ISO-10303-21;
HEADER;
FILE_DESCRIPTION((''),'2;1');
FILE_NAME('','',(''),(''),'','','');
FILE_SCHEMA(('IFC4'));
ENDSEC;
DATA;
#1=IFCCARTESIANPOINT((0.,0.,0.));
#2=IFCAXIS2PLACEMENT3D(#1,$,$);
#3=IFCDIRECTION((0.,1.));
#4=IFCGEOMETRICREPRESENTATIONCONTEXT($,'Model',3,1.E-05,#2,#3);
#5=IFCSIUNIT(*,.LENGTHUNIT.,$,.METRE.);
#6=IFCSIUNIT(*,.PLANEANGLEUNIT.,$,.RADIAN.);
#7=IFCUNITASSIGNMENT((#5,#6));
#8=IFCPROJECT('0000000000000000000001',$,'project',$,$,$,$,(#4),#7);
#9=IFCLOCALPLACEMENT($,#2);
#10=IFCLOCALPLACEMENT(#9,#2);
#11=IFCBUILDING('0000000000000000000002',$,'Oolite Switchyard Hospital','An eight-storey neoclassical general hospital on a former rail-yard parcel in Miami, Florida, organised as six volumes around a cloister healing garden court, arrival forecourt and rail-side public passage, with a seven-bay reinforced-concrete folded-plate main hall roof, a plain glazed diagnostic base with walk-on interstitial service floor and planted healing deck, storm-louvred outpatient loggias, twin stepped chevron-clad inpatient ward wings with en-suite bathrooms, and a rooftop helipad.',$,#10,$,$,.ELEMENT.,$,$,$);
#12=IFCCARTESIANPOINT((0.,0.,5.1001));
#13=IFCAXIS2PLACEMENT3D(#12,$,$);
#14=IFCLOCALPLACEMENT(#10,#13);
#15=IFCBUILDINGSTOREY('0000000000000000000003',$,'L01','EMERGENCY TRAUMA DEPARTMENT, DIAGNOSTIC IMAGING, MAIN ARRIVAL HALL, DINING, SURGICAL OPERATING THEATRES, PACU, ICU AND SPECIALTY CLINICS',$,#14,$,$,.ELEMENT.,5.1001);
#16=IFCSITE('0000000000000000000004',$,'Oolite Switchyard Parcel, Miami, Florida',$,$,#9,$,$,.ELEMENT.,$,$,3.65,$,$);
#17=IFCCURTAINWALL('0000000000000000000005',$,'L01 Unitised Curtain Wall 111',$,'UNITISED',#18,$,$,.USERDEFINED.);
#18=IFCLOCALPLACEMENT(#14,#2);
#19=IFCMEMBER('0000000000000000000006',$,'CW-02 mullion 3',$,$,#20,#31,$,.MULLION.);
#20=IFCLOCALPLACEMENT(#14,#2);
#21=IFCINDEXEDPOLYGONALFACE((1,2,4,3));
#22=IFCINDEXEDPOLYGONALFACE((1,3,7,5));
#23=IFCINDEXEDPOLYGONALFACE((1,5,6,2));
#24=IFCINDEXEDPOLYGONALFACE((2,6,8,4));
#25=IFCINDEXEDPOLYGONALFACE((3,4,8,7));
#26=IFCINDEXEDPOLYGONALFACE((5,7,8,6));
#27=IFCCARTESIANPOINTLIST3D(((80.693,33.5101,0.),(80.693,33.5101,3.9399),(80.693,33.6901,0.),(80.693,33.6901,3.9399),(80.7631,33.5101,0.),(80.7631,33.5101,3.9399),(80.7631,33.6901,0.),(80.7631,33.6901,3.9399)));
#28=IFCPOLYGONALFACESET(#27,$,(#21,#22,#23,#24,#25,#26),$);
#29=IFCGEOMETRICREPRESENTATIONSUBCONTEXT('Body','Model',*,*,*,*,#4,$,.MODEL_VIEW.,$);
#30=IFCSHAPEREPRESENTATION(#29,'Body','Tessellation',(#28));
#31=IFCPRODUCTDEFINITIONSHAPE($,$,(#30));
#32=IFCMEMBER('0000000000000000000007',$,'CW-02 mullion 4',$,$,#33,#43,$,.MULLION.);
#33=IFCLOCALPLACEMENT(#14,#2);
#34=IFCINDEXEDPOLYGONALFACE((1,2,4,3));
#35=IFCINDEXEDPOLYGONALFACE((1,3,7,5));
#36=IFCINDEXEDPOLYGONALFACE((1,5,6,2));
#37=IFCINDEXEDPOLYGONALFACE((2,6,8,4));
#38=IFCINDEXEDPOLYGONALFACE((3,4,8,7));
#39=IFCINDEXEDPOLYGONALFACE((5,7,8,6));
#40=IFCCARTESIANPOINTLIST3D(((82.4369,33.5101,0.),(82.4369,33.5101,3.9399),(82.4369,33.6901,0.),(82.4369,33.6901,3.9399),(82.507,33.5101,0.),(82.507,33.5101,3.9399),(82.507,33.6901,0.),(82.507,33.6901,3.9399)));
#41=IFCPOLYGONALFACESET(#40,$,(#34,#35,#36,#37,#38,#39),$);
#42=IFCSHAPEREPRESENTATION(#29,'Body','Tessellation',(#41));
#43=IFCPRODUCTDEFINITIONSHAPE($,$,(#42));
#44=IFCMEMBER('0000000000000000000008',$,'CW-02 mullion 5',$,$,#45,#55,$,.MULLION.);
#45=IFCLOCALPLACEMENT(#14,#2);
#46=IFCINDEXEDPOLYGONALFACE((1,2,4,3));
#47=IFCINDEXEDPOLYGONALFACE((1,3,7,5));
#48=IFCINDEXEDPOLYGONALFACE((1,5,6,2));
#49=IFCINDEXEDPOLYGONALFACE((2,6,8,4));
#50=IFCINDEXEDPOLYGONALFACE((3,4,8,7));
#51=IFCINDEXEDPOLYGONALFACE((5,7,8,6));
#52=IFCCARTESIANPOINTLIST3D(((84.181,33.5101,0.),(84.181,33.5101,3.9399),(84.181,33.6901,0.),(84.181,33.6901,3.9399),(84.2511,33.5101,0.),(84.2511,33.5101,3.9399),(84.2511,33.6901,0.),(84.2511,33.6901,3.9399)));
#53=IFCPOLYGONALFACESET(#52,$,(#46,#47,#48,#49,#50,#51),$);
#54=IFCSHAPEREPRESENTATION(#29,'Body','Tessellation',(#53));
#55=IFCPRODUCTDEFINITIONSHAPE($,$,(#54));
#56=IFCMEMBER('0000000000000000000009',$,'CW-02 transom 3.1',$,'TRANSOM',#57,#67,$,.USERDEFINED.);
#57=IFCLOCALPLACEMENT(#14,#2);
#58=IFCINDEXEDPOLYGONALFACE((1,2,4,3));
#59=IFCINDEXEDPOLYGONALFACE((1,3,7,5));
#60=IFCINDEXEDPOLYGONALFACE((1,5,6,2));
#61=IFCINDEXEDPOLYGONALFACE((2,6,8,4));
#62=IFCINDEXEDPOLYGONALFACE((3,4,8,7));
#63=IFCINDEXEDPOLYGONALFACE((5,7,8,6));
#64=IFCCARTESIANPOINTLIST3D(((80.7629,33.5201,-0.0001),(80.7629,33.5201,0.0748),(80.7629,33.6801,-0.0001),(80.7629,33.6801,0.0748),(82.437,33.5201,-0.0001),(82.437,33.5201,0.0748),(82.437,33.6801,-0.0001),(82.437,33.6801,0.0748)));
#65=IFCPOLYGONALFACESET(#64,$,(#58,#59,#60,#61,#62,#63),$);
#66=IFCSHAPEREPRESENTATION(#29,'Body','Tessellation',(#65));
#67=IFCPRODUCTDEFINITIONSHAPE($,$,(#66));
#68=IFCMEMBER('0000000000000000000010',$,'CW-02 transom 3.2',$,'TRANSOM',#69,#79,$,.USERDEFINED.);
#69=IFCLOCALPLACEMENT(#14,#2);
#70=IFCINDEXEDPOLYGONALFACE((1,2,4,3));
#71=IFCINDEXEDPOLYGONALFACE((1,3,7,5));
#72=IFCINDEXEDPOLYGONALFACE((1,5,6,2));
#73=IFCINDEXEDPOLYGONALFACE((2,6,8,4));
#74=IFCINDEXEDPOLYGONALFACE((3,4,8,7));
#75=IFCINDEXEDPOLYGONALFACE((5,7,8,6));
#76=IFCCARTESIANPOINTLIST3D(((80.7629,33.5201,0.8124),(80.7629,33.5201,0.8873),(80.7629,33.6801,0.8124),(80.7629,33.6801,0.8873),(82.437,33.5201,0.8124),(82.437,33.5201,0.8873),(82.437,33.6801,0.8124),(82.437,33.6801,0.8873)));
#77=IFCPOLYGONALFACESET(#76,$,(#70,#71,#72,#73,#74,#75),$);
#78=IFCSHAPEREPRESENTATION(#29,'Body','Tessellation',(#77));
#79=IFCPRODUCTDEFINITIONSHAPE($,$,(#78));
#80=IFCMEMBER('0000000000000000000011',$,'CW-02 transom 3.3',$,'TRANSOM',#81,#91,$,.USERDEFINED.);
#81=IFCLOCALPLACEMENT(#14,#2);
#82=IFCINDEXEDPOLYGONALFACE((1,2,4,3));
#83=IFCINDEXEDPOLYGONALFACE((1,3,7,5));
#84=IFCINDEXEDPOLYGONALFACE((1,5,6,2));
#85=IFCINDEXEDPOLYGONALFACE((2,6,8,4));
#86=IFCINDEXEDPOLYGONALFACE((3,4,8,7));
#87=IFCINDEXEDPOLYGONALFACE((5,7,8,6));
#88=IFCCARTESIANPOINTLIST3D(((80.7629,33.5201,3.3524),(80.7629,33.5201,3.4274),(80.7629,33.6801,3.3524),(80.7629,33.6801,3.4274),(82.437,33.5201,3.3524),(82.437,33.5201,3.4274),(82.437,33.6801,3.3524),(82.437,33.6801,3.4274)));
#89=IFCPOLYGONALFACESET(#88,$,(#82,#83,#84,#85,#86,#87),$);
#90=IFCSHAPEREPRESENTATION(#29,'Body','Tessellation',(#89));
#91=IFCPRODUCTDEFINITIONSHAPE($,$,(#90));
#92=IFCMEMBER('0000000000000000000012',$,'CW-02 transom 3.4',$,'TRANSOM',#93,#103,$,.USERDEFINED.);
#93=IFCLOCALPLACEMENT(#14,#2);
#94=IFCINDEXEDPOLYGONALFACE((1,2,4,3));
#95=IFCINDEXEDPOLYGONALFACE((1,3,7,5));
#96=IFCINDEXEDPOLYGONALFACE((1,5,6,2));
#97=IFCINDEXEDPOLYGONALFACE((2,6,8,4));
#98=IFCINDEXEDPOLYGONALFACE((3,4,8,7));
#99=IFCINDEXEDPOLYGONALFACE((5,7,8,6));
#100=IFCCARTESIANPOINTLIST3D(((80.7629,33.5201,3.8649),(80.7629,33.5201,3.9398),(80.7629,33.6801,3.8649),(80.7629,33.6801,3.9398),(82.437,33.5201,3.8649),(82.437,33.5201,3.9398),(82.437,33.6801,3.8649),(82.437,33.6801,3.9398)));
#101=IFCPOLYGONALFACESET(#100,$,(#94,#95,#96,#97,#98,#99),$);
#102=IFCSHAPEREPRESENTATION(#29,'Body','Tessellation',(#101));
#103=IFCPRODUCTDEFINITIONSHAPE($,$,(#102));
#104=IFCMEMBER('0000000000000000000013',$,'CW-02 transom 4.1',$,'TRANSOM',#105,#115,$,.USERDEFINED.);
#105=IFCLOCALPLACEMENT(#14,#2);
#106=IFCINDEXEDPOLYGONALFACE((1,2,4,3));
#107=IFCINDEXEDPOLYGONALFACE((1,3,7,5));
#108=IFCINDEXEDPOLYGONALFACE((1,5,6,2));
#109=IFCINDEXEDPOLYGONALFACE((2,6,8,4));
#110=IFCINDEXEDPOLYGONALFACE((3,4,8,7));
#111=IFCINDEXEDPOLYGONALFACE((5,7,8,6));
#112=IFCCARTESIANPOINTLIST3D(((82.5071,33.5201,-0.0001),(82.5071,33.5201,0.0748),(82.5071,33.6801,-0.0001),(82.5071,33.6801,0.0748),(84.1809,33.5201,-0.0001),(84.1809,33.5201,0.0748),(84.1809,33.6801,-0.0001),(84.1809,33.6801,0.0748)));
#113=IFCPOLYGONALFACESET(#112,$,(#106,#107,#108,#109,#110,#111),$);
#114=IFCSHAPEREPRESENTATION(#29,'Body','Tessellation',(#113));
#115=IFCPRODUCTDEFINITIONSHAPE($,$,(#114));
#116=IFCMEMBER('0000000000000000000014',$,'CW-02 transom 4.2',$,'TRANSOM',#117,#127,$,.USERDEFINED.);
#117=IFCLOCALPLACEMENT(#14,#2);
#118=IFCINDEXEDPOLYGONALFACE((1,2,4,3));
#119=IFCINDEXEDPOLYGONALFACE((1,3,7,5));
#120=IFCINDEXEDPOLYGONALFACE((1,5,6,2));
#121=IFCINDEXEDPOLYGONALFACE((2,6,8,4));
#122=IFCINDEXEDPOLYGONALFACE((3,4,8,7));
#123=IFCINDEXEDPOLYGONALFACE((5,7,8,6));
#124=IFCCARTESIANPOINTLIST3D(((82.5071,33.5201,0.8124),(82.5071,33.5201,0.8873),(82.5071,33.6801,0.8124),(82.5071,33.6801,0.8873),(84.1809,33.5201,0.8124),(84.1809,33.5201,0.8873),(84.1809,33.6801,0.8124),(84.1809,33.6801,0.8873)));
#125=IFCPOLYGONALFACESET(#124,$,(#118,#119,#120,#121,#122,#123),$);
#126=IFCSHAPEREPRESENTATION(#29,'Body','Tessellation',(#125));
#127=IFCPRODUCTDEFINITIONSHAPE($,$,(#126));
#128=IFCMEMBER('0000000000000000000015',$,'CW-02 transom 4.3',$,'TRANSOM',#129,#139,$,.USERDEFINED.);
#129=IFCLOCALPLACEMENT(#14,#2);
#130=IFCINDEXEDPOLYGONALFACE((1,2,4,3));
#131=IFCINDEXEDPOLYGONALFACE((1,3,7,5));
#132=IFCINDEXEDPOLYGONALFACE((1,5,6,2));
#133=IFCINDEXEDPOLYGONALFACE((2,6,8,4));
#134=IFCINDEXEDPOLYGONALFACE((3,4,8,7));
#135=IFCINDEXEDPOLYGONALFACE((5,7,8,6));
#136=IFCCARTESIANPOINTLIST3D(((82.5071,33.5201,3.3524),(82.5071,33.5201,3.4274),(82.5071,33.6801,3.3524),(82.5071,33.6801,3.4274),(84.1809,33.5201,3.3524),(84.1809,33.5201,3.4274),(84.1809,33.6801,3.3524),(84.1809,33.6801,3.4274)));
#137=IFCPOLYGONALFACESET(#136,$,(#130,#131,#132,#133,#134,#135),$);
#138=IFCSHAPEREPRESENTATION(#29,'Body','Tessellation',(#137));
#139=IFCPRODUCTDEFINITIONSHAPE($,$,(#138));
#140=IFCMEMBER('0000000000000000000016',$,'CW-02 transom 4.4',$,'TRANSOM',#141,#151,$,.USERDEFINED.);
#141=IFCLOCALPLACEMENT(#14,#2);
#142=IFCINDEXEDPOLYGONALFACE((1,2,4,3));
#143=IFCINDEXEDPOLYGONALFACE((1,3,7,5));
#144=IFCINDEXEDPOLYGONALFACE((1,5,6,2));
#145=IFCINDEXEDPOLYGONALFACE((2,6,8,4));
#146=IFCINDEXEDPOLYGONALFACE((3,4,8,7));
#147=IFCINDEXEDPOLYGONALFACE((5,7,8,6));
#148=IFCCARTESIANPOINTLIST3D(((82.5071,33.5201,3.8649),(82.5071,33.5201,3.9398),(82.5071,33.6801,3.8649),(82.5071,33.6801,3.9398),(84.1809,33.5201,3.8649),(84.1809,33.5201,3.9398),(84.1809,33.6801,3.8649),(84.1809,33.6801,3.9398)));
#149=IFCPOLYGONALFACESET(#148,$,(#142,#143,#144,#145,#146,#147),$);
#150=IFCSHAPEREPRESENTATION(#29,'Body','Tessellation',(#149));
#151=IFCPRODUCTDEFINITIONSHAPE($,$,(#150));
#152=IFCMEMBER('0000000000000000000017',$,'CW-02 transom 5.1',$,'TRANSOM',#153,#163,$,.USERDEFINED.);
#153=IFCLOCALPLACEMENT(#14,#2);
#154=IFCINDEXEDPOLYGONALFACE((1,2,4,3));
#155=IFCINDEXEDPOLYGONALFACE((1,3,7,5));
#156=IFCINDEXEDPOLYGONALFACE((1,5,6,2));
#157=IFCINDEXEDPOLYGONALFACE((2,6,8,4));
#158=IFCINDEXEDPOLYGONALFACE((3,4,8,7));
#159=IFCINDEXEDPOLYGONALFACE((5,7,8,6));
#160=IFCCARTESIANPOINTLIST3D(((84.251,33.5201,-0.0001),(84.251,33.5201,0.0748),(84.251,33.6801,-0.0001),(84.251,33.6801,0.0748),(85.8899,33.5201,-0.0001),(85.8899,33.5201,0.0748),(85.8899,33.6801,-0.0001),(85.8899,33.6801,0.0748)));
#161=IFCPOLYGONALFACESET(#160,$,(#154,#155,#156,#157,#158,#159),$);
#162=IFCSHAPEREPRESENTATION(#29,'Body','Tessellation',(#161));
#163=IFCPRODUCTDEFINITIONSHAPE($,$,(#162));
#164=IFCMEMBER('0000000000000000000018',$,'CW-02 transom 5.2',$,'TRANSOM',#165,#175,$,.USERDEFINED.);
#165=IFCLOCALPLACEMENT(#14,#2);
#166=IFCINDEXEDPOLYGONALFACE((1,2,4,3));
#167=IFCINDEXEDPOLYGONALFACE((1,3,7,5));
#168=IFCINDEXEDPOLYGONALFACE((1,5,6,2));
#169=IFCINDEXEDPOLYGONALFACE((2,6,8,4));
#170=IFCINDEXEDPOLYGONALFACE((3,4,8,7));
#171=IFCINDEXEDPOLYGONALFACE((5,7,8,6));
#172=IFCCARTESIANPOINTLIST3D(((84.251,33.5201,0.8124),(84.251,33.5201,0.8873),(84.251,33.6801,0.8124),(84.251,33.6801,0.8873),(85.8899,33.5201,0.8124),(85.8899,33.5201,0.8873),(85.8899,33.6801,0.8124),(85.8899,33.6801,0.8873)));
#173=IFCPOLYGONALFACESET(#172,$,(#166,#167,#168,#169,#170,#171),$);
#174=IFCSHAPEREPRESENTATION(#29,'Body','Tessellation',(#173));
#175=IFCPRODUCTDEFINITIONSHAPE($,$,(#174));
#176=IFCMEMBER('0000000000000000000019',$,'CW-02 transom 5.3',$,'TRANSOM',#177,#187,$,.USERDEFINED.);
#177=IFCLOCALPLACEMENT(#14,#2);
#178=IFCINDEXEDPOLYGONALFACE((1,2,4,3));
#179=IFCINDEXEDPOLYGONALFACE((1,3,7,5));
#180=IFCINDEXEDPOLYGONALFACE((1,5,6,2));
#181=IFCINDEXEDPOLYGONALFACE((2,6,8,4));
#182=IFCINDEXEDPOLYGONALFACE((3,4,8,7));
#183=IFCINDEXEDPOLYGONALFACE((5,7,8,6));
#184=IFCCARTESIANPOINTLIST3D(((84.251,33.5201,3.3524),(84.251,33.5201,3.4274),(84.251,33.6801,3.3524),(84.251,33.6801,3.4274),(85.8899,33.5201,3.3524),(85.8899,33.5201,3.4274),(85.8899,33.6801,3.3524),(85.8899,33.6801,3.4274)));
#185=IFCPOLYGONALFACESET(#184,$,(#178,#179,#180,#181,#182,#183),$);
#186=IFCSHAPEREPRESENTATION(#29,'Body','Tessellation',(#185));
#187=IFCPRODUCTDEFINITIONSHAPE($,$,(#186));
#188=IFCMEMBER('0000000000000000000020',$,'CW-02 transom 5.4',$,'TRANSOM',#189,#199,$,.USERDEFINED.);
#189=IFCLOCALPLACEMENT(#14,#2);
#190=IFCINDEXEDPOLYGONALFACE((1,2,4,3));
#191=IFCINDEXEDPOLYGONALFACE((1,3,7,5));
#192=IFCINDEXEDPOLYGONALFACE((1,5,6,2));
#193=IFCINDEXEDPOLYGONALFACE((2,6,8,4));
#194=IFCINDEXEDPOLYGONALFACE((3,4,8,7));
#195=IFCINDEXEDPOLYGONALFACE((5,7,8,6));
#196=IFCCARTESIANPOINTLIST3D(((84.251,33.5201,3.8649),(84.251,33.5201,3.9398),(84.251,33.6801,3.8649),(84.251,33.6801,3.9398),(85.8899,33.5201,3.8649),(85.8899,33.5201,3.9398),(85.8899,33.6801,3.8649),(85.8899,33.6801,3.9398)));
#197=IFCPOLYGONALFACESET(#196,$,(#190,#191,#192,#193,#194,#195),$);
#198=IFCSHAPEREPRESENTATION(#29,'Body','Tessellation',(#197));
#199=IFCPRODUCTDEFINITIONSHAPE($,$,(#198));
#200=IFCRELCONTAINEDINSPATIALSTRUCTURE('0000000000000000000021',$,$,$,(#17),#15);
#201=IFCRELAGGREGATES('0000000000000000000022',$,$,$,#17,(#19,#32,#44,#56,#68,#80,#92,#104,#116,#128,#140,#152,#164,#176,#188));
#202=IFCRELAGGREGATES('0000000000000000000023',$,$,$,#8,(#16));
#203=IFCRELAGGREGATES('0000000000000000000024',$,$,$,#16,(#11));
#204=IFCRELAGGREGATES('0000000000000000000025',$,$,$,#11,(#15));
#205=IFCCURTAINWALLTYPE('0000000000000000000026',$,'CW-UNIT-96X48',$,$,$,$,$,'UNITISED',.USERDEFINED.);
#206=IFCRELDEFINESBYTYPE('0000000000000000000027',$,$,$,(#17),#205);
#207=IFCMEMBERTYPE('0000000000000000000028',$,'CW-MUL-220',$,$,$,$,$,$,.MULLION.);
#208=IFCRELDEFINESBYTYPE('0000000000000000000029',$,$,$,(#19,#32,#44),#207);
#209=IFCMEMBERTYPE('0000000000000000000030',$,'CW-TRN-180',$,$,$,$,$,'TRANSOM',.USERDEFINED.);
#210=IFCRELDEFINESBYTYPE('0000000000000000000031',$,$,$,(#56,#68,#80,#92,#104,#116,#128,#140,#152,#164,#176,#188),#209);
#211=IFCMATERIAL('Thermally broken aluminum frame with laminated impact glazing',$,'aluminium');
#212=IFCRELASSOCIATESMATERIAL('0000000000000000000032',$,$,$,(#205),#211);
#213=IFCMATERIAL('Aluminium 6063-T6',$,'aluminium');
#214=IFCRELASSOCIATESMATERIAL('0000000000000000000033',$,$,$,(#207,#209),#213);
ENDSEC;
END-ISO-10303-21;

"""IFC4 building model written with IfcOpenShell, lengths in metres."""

from ifc_helpers import new_model, si_unit, direction, frame, origin, origin_2d, place, context, subcontext, project, spatial, rectangle, extrude, material, material_profile, profile_set, type_object, element, aggregate, save


model = new_model("IFC4")

# Units and contexts
model_context = context("Model", 3, precision=1e-05, world=origin(), true_north=direction((0.0, 1.0)))
body_context = subcontext(model_context, "Body", "Model", "MODEL_VIEW")
ifc_project = project(units=[si_unit("LENGTHUNIT", "METRE"), si_unit("PLANEANGLEUNIT", "RADIAN")], contexts=[model_context])

# Site, building, storey
site_placement = place(None, origin())
site = spatial("IfcSite", under=ifc_project, at=site_placement, Name="Oolite Switchyard Parcel, Miami, Florida", CompositionType="ELEMENT", RefElevation=3.65)
building_placement = place(site_placement, origin())
building = spatial("IfcBuilding", under=site, at=building_placement, Name="Oolite Switchyard Hospital", Description="An eight-storey neoclassical general hospital on a former rail-yard parcel in Miami, Florida, organised as six volumes around a cloister healing garden court, arrival forecourt and rail-side public passage, with a seven-bay reinforced-concrete folded-plate main hall roof, a plain glazed diagnostic base with walk-on interstitial service floor and planted healing deck, storm-louvred outpatient loggias, twin stepped chevron-clad inpatient ward wings with en-suite bathrooms, and a rooftop helipad.", CompositionType="ELEMENT")
storey_placement = place(building_placement, frame((0.0, 0.0, 5.1001)))
storey = spatial("IfcBuildingStorey", under=building, at=storey_placement, Name="L01", Description="EMERGENCY TRAUMA DEPARTMENT, DIAGNOSTIC IMAGING, MAIN ARRIVAL HALL, DINING, SURGICAL OPERATING THEATRES, PACU, ICU AND SPECIALTY CLINICS", CompositionType="ELEMENT", Elevation=5.1001)

# Curtain wall, members
ifc_material_1 = material(Name="Thermally broken aluminum frame with laminated impact glazing", Category="aluminium")
curtain_wall_type = type_object("IfcCurtainWallType", Name="CW-UNIT-96X48", ElementType="UNITISED", PredefinedType="USERDEFINED", material=ifc_material_1)
curtain_wall_placement = place(storey_placement, origin())
curtain_wall = element("IfcCurtainWall", 1, at=curtain_wall_placement, inside=storey, type_object=curtain_wall_type, Name="L01 Unitised Curtain Wall 111", ObjectType="UNITISED", PredefinedType="USERDEFINED")
ifc_material_2 = material(Name="Aluminium 6063-T6", Category="aluminium")
ifc_material_profile_1 = material_profile(ifc_material_2, rectangle(XDim=0.1799, YDim=0.0701, at=origin_2d()), Name="CWM70X180")
ifc_profile_set_1 = profile_set([ifc_material_profile_1], Name="Aluminium 6063-T6")
member_type_1 = type_object("IfcMemberType", Name="CW-MUL-220", PredefinedType="MULLION", material=ifc_profile_set_1)
member_1_placement = place(storey_placement, frame((80.728, 33.6001, 0.0), z_axis=(0.0, 0.0, 1.0), x_axis=(0.0, 1.0, 0.0)))
member_1 = element("IfcMember", 2, at=member_1_placement, type_object=member_type_1, Name="CW-02 mullion 3", PredefinedType="MULLION", context=body_context, shape_type="SweptSolid", body=[
    extrude(rectangle(XDim=0.1799, YDim=0.0701, at=origin_2d()), origin(), (0.0, 0.0, 1.0), 3.9399),
])
member_2_placement = place(storey_placement, frame((82.4719, 33.6001, 0.0), z_axis=(0.0, 0.0, 1.0), x_axis=(0.0, 1.0, 0.0)))
member_2 = element("IfcMember", 3, at=member_2_placement, type_object=member_type_1, Name="CW-02 mullion 4", PredefinedType="MULLION", context=body_context, shape_type="SweptSolid", body=[
    extrude(rectangle(XDim=0.1799, YDim=0.0701, at=origin_2d()), origin(), (0.0, 0.0, 1.0), 3.9399),
])
member_3_placement = place(storey_placement, frame((84.2161, 33.6001, 0.0), z_axis=(0.0, 0.0, 1.0), x_axis=(0.0, 1.0, 0.0)))
member_3 = element("IfcMember", 4, at=member_3_placement, type_object=member_type_1, Name="CW-02 mullion 5", PredefinedType="MULLION", context=body_context, shape_type="SweptSolid", body=[
    extrude(rectangle(XDim=0.1799, YDim=0.0701, at=origin_2d()), origin(), (0.0, 0.0, 1.0), 3.9399),
])
ifc_material_profile_2 = material_profile(ifc_material_2, rectangle(XDim=0.1599, YDim=0.075, at=origin_2d()), Name="CWT75X160")
ifc_profile_set_2 = profile_set([ifc_material_profile_2], Name="Aluminium 6063-T6")
member_type_2 = type_object("IfcMemberType", Name="CW-TRN-180", ElementType="TRANSOM", PredefinedType="USERDEFINED", material=ifc_profile_set_2)
member_4_placement = place(storey_placement, frame((80.7629, 33.6001, 0.0374), z_axis=(1.0, 0.0, 0.0), x_axis=(0.0, 1.0, 0.0)))
member_4 = element("IfcMember", 5, at=member_4_placement, type_object=member_type_2, Name="CW-02 transom 3.1", ObjectType="TRANSOM", PredefinedType="USERDEFINED", context=body_context, shape_type="SweptSolid", body=[
    extrude(rectangle(XDim=0.1599, YDim=0.075, at=origin_2d()), origin(), (0.0, 0.0, 1.0), 1.6741),
])
member_5_placement = place(storey_placement, frame((80.7629, 33.6001, 0.8499), z_axis=(1.0, 0.0, 0.0), x_axis=(0.0, 1.0, 0.0)))
member_5 = element("IfcMember", 6, at=member_5_placement, type_object=member_type_2, Name="CW-02 transom 3.2", ObjectType="TRANSOM", PredefinedType="USERDEFINED", context=body_context, shape_type="SweptSolid", body=[
    extrude(rectangle(XDim=0.1599, YDim=0.075, at=origin_2d()), origin(), (0.0, 0.0, 1.0), 1.6741),
])
member_6_placement = place(storey_placement, frame((80.7629, 33.6001, 3.3899), z_axis=(1.0, 0.0, 0.0), x_axis=(0.0, 1.0, 0.0)))
member_6 = element("IfcMember", 7, at=member_6_placement, type_object=member_type_2, Name="CW-02 transom 3.3", ObjectType="TRANSOM", PredefinedType="USERDEFINED", context=body_context, shape_type="SweptSolid", body=[
    extrude(rectangle(XDim=0.1599, YDim=0.075, at=origin_2d()), origin(), (0.0, 0.0, 1.0), 1.6741),
])
member_7_placement = place(storey_placement, frame((80.7629, 33.6001, 3.9023), z_axis=(1.0, 0.0, 0.0), x_axis=(0.0, 1.0, 0.0)))
member_7 = element("IfcMember", 8, at=member_7_placement, type_object=member_type_2, Name="CW-02 transom 3.4", ObjectType="TRANSOM", PredefinedType="USERDEFINED", context=body_context, shape_type="SweptSolid", body=[
    extrude(rectangle(XDim=0.1599, YDim=0.075, at=origin_2d()), origin(), (0.0, 0.0, 1.0), 1.6741),
])
member_8_placement = place(storey_placement, frame((82.5071, 33.6001, 0.0374), z_axis=(1.0, 0.0, 0.0), x_axis=(0.0, 1.0, 0.0)))
member_8 = element("IfcMember", 9, at=member_8_placement, type_object=member_type_2, Name="CW-02 transom 4.1", ObjectType="TRANSOM", PredefinedType="USERDEFINED", context=body_context, shape_type="SweptSolid", body=[
    extrude(rectangle(XDim=0.1599, YDim=0.075, at=origin_2d()), origin(), (0.0, 0.0, 1.0), 1.6738),
])
member_9_placement = place(storey_placement, frame((82.5071, 33.6001, 0.8499), z_axis=(1.0, 0.0, 0.0), x_axis=(0.0, 1.0, 0.0)))
member_9 = element("IfcMember", 10, at=member_9_placement, type_object=member_type_2, Name="CW-02 transom 4.2", ObjectType="TRANSOM", PredefinedType="USERDEFINED", context=body_context, shape_type="SweptSolid", body=[
    extrude(rectangle(XDim=0.1599, YDim=0.075, at=origin_2d()), origin(), (0.0, 0.0, 1.0), 1.6738),
])
member_10_placement = place(storey_placement, frame((82.5071, 33.6001, 3.3899), z_axis=(1.0, 0.0, 0.0), x_axis=(0.0, 1.0, 0.0)))
member_10 = element("IfcMember", 11, at=member_10_placement, type_object=member_type_2, Name="CW-02 transom 4.3", ObjectType="TRANSOM", PredefinedType="USERDEFINED", context=body_context, shape_type="SweptSolid", body=[
    extrude(rectangle(XDim=0.1599, YDim=0.075, at=origin_2d()), origin(), (0.0, 0.0, 1.0), 1.6738),
])
member_11_placement = place(storey_placement, frame((82.5071, 33.6001, 3.9023), z_axis=(1.0, 0.0, 0.0), x_axis=(0.0, 1.0, 0.0)))
member_11 = element("IfcMember", 12, at=member_11_placement, type_object=member_type_2, Name="CW-02 transom 4.4", ObjectType="TRANSOM", PredefinedType="USERDEFINED", context=body_context, shape_type="SweptSolid", body=[
    extrude(rectangle(XDim=0.1599, YDim=0.075, at=origin_2d()), origin(), (0.0, 0.0, 1.0), 1.6738),
])
member_12_placement = place(storey_placement, frame((84.251, 33.6001, 0.0374), z_axis=(1.0, 0.0, 0.0), x_axis=(0.0, 1.0, 0.0)))
member_12 = element("IfcMember", 13, at=member_12_placement, type_object=member_type_2, Name="CW-02 transom 5.1", ObjectType="TRANSOM", PredefinedType="USERDEFINED", context=body_context, shape_type="SweptSolid", body=[
    extrude(rectangle(XDim=0.1599, YDim=0.075, at=origin_2d()), origin(), (0.0, 0.0, 1.0), 1.6389),
])
member_13_placement = place(storey_placement, frame((84.251, 33.6001, 0.8499), z_axis=(1.0, 0.0, 0.0), x_axis=(0.0, 1.0, 0.0)))
member_13 = element("IfcMember", 14, at=member_13_placement, type_object=member_type_2, Name="CW-02 transom 5.2", ObjectType="TRANSOM", PredefinedType="USERDEFINED", context=body_context, shape_type="SweptSolid", body=[
    extrude(rectangle(XDim=0.1599, YDim=0.075, at=origin_2d()), origin(), (0.0, 0.0, 1.0), 1.6389),
])
member_14_placement = place(storey_placement, frame((84.251, 33.6001, 3.3899), z_axis=(1.0, 0.0, 0.0), x_axis=(0.0, 1.0, 0.0)))
member_14 = element("IfcMember", 15, at=member_14_placement, type_object=member_type_2, Name="CW-02 transom 5.3", ObjectType="TRANSOM", PredefinedType="USERDEFINED", context=body_context, shape_type="SweptSolid", body=[
    extrude(rectangle(XDim=0.1599, YDim=0.075, at=origin_2d()), origin(), (0.0, 0.0, 1.0), 1.6389),
])
member_15_placement = place(storey_placement, frame((84.251, 33.6001, 3.9023), z_axis=(1.0, 0.0, 0.0), x_axis=(0.0, 1.0, 0.0)))
member_15 = element("IfcMember", 16, at=member_15_placement, type_object=member_type_2, Name="CW-02 transom 5.4", ObjectType="TRANSOM", PredefinedType="USERDEFINED", context=body_context, shape_type="SweptSolid", body=[
    extrude(rectangle(XDim=0.1599, YDim=0.075, at=origin_2d()), origin(), (0.0, 0.0, 1.0), 1.6389),
])
aggregate(curtain_wall, [member_1, member_2, member_3, member_4, member_5, member_6, member_7, member_8, member_9, member_10, member_11, member_12, member_13, member_14, member_15])

save(model, "model.ifc")
